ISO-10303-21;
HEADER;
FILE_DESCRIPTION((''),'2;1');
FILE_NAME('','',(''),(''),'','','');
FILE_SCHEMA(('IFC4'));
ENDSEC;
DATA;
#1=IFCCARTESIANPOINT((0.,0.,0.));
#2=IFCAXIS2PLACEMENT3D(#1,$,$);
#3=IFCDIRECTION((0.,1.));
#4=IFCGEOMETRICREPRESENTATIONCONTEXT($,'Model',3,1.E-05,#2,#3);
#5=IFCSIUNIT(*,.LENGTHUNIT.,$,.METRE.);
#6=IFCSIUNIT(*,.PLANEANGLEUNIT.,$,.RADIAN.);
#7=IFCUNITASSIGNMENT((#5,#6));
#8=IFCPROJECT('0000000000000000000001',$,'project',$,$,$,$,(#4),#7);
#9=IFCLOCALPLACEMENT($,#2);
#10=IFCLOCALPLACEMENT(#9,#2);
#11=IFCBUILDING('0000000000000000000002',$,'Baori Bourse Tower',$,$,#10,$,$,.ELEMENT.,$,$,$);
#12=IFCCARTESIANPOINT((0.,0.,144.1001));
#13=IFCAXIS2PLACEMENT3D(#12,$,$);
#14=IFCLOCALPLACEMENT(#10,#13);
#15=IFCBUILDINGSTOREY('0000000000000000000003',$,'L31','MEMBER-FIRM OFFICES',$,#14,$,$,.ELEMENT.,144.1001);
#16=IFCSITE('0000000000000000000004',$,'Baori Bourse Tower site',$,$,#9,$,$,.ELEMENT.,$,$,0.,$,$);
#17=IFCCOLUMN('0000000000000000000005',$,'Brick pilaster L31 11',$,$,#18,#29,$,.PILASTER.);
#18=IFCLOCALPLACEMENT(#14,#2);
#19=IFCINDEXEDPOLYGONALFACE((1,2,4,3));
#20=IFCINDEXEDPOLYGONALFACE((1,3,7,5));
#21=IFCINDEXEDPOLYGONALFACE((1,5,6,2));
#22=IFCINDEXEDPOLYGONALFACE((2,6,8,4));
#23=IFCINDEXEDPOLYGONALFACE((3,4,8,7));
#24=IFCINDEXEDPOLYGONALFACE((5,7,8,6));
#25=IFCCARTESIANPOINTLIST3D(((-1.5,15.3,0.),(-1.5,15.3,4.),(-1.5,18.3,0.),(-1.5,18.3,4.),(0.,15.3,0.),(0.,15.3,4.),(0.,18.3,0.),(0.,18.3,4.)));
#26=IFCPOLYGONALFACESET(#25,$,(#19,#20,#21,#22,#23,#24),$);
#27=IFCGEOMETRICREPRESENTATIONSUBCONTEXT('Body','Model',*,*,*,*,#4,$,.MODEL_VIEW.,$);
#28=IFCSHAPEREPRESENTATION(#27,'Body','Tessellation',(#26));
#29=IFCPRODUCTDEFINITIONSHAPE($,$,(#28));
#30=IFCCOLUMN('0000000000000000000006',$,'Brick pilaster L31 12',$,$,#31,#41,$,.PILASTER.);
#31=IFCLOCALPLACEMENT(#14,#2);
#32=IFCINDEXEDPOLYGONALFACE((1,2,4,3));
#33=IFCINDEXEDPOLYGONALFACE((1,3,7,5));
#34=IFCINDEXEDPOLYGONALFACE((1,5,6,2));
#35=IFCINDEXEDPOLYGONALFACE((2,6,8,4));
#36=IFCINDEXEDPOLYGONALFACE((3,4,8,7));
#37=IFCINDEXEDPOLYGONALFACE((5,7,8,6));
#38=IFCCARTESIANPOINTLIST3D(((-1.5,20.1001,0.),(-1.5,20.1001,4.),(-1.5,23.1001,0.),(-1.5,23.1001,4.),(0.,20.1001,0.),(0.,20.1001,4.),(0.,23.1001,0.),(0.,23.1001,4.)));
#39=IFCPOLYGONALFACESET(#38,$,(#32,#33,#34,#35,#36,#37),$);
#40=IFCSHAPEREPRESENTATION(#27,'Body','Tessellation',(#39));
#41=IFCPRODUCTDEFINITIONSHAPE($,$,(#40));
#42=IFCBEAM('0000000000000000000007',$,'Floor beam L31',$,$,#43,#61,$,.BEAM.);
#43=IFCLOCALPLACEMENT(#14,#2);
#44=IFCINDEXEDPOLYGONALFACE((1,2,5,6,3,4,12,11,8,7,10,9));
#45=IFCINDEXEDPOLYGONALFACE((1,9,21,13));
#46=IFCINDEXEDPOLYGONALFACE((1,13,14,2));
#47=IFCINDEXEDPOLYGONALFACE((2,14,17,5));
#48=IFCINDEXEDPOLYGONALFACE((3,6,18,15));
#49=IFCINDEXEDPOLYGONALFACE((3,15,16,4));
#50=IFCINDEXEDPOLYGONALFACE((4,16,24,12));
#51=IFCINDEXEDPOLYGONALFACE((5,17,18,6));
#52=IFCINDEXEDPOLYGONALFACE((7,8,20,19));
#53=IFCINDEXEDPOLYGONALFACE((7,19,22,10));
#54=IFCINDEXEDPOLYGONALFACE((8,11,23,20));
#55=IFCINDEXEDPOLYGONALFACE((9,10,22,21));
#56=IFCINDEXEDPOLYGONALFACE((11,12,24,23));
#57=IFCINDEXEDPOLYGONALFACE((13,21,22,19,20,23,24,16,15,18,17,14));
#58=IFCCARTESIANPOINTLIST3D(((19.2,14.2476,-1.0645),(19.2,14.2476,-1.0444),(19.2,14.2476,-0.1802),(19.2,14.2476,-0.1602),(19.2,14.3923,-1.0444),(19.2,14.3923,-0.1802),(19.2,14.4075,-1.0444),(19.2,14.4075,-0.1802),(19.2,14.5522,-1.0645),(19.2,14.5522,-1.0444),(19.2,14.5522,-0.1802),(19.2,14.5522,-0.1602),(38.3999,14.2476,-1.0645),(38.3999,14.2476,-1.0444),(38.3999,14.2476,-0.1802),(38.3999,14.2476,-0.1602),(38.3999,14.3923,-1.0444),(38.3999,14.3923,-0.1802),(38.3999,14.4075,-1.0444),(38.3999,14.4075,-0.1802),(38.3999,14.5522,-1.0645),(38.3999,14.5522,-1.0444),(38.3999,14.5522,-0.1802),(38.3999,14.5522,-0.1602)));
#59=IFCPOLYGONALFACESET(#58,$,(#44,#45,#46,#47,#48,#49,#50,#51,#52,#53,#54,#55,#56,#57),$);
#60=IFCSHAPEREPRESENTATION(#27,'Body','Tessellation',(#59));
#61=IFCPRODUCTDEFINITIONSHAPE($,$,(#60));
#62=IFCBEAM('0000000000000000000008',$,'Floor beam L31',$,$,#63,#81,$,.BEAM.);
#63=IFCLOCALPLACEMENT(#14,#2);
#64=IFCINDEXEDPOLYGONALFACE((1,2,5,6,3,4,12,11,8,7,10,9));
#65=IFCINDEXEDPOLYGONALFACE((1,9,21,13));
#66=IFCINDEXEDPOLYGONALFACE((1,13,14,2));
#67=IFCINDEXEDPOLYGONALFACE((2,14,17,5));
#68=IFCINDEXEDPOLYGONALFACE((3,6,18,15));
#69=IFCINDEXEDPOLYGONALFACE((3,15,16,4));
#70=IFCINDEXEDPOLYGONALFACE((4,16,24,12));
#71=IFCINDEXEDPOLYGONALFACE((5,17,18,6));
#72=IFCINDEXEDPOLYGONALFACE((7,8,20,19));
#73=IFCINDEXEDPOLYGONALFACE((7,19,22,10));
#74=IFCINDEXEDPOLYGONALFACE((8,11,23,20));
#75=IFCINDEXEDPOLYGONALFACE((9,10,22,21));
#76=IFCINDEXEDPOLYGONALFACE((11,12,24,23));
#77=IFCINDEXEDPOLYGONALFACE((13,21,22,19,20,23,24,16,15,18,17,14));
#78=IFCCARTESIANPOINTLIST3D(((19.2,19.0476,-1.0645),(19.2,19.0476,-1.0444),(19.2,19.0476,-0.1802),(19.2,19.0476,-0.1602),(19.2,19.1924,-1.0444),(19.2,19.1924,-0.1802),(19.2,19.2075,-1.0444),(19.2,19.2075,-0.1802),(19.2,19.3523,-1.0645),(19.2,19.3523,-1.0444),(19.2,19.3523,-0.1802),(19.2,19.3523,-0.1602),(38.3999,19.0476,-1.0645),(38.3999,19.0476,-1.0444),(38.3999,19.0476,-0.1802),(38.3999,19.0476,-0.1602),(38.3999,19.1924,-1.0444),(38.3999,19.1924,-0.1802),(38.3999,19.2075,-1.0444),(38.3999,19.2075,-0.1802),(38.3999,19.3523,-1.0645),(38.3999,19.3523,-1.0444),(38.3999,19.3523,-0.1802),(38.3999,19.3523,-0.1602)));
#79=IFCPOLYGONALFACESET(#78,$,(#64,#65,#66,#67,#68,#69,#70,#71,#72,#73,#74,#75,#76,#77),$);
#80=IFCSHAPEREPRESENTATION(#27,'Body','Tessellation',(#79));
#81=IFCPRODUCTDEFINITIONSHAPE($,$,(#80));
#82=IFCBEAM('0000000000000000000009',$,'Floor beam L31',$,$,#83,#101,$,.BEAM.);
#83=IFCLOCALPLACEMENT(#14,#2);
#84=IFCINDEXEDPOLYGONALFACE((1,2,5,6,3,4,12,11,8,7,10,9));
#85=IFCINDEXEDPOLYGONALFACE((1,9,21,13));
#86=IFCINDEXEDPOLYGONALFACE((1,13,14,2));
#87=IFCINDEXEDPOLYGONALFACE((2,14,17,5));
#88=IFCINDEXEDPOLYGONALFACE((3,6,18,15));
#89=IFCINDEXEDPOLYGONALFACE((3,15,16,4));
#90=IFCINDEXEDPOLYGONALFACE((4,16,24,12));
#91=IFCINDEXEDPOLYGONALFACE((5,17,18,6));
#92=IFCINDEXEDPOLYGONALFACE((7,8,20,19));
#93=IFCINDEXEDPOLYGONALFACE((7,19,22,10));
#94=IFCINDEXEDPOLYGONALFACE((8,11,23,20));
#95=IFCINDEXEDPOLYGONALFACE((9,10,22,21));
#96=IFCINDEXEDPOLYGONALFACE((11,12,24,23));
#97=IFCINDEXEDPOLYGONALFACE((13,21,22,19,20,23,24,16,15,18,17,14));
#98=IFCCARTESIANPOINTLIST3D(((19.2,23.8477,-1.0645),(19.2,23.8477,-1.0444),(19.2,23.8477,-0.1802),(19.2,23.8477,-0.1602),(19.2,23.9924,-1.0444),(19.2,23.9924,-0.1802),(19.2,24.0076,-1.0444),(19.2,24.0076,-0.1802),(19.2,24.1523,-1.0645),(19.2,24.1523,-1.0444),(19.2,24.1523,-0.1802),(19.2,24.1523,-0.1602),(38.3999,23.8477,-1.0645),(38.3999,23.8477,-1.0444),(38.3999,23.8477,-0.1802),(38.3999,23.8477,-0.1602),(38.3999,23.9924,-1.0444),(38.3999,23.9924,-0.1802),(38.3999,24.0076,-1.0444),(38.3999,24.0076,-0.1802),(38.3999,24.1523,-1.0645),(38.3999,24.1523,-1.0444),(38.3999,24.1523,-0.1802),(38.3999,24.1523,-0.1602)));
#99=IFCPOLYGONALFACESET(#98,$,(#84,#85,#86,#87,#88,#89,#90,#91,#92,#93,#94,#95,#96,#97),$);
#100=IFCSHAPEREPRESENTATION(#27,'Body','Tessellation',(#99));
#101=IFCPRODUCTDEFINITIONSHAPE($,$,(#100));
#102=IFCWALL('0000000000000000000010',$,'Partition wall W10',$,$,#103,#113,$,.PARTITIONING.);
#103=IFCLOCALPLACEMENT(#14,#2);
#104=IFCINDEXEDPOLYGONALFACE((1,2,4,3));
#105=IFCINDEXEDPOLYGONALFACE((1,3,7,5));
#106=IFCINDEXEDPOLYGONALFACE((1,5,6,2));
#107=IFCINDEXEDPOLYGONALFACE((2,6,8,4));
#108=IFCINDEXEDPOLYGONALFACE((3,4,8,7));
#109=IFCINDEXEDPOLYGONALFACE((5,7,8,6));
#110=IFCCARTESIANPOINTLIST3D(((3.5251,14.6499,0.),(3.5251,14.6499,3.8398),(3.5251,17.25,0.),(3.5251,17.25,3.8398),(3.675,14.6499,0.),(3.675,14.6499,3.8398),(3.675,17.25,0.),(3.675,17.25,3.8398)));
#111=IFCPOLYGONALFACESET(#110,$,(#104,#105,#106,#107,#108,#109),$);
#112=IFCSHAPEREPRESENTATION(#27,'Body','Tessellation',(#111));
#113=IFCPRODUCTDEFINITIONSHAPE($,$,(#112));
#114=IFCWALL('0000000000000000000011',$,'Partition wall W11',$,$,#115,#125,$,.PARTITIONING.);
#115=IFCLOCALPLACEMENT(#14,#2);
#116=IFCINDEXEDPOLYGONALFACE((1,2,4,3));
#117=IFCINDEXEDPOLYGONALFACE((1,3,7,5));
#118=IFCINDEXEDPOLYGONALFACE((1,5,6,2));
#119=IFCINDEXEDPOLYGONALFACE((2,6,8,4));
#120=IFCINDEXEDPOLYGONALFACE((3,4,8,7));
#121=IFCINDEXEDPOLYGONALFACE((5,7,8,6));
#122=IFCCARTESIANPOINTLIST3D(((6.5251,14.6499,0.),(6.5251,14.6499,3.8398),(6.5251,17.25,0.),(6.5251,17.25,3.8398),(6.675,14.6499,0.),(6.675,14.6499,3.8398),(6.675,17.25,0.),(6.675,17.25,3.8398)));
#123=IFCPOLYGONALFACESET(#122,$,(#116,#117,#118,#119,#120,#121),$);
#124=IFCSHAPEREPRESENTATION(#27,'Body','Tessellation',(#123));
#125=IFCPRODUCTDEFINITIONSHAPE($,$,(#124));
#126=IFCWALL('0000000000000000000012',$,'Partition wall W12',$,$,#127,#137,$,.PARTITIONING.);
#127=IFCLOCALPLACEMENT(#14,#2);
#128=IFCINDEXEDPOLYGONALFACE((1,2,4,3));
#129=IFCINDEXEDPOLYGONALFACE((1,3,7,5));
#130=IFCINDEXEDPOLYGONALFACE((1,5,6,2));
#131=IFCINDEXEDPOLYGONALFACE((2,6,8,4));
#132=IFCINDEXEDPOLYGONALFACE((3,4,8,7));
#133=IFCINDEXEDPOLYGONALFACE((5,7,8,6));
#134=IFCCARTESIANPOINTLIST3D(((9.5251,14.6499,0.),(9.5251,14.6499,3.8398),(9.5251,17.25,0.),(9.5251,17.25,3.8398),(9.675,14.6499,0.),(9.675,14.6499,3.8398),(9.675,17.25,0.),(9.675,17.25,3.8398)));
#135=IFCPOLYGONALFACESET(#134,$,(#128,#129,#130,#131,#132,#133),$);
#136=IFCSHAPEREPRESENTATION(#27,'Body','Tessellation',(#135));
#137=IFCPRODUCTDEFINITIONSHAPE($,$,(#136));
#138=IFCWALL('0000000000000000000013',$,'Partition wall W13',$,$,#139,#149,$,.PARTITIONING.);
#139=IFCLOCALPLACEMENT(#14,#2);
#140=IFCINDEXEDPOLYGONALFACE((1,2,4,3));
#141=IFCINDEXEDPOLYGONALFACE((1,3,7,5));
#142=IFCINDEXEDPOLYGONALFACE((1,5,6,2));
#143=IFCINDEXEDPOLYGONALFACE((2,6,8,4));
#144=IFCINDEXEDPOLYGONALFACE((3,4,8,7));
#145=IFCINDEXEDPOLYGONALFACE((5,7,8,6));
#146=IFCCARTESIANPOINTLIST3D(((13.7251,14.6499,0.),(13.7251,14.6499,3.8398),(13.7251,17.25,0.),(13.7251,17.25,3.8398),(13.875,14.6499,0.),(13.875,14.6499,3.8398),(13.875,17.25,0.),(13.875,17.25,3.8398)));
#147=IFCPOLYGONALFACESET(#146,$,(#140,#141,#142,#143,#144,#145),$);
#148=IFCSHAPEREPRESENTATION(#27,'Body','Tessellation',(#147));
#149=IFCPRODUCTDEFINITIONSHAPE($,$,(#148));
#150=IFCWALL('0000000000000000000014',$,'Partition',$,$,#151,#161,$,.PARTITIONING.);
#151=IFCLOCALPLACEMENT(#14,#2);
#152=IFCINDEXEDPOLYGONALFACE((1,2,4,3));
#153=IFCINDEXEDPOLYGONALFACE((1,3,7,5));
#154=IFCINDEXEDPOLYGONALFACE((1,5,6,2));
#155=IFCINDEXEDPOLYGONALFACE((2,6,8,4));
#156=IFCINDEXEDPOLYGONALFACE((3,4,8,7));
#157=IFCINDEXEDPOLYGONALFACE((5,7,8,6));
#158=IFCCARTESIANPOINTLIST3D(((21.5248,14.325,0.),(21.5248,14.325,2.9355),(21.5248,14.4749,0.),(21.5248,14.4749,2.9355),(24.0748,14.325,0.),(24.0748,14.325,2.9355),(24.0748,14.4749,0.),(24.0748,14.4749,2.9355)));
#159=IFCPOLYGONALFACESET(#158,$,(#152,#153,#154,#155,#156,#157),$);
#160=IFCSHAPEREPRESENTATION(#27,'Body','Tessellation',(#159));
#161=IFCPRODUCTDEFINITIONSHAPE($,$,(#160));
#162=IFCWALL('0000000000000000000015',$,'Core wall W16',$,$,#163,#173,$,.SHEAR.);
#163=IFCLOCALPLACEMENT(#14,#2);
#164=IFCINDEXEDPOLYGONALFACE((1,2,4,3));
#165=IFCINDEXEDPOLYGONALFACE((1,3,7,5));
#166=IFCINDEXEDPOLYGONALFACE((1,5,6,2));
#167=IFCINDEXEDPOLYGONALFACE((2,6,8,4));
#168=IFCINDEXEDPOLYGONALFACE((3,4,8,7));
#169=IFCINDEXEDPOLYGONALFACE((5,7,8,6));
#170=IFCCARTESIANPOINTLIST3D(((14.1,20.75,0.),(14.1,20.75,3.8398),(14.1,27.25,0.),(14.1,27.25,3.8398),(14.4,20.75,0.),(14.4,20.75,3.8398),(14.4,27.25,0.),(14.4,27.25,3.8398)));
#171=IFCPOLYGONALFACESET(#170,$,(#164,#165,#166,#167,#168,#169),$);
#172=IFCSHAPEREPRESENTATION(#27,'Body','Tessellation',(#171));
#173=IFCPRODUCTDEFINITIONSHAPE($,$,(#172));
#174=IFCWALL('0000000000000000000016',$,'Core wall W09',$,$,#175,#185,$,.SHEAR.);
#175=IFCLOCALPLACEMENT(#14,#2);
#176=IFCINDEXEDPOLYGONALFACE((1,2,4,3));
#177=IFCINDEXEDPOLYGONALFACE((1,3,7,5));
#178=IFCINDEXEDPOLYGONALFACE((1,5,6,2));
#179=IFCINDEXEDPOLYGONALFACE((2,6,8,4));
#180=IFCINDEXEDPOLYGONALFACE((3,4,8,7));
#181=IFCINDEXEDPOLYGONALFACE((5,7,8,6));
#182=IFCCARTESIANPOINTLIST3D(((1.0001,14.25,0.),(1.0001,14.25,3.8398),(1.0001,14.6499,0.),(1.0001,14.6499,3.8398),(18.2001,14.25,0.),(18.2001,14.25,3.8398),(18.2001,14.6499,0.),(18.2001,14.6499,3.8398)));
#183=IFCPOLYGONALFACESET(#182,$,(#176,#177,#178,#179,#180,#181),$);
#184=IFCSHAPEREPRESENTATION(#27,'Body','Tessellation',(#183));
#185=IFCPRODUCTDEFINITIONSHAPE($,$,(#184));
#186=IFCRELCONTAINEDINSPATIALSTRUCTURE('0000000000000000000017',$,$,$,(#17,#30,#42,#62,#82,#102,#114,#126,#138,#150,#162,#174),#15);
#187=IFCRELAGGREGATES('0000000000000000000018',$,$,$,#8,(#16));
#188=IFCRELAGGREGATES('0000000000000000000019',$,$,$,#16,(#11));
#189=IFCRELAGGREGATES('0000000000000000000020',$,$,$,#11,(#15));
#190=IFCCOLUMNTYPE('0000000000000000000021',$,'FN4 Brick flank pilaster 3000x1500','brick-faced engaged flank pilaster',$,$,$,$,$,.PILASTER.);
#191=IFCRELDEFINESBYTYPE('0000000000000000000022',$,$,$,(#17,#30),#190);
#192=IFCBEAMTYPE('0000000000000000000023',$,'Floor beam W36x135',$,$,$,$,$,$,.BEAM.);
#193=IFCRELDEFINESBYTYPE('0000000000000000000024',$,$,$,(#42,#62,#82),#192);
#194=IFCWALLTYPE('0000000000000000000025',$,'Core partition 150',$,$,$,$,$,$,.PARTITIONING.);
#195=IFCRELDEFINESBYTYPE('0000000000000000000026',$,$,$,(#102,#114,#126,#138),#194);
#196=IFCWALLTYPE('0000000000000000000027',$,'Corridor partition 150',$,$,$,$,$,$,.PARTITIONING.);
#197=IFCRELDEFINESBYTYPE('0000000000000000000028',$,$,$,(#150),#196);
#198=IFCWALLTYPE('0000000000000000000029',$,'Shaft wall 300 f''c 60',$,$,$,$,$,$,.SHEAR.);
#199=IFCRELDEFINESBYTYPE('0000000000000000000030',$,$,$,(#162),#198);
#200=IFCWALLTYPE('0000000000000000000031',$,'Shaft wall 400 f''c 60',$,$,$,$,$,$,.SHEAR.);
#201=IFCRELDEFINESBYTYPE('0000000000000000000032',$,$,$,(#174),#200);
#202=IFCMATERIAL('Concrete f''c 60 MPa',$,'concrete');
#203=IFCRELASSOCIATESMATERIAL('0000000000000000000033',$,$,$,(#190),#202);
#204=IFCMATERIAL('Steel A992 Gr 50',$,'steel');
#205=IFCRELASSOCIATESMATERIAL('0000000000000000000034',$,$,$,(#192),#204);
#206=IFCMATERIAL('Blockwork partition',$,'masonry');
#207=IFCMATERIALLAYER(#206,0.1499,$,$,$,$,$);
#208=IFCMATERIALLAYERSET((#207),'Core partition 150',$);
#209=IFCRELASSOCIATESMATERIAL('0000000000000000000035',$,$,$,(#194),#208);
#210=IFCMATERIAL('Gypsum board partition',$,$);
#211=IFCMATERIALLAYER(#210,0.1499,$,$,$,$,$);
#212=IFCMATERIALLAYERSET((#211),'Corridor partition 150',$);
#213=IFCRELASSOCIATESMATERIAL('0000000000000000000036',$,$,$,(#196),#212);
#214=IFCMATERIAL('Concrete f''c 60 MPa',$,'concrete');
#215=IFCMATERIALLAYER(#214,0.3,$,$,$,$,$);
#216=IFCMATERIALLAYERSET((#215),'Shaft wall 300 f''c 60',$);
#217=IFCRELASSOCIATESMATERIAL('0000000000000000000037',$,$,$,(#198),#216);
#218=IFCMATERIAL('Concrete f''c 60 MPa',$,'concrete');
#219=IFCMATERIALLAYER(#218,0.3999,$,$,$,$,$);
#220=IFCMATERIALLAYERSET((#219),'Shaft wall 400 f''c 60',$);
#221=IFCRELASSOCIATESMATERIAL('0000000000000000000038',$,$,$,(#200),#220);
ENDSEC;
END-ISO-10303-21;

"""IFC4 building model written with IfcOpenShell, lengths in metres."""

from ifc_helpers import new_model, si_unit, direction, frame, frame_2d, origin, origin_2d, place, context, subcontext, project, spatial, rectangle, i_section, extrude, material, layer, layer_set, material_profile, profile_set, type_object, element, save


model = new_model("IFC4")

# Units and contexts
model_context = context("Model", 3, precision=1e-05, world=origin(), true_north=direction((0.0, 1.0)))
body_context = subcontext(model_context, "Body", "Model", "MODEL_VIEW")
ifc_project = project(units=[si_unit("LENGTHUNIT", "METRE"), si_unit("PLANEANGLEUNIT", "RADIAN")], contexts=[model_context])

# Site, building, storey
site_placement = place(None, origin())
site = spatial("IfcSite", under=ifc_project, at=site_placement, Name="Baori Bourse Tower site", CompositionType="ELEMENT", RefElevation=0.0)
building_placement = place(site_placement, origin())
building = spatial("IfcBuilding", under=site, at=building_placement, Name="Baori Bourse Tower", CompositionType="ELEMENT")
storey_placement = place(building_placement, frame((0.0, 0.0, 144.1001)))
storey = spatial("IfcBuildingStorey", under=building, at=storey_placement, Name="L31", Description="MEMBER-FIRM OFFICES", CompositionType="ELEMENT", Elevation=144.1001)

# Columns
ifc_material_1 = material(Name="Concrete f'c 60 MPa", Category="concrete")
ifc_material_profile_1 = material_profile(ifc_material_1, rectangle(XDim=3.0, YDim=1.5, at=origin_2d()), Name="RC 3000x1500")
ifc_profile_set_1 = profile_set([ifc_material_profile_1], Name="Concrete f'c 60 MPa")
column_type = type_object("IfcColumnType", Name="FN4 Brick flank pilaster 3000x1500", Description="brick-faced engaged flank pilaster", PredefinedType="PILASTER", material=ifc_profile_set_1)
for number, where, z_axis, x_axis, name in (
    (1, (-0.75, 16.8, 0.0), (0.0, 0.0, 1.0), (0.0, 1.0, 0.0), "Brick pilaster L31 11"),
    (2, (-0.75, 21.6001, 0.0), (0.0, 0.0, 1.0), (0.0, 1.0, 0.0), "Brick pilaster L31 12"),
):
    element("IfcColumn", number, at=place(storey_placement, frame(where, z_axis=z_axis, x_axis=x_axis)), inside=storey, type_object=column_type, Name=name, PredefinedType="PILASTER", context=body_context, shape_type="SweptSolid", body=[
        extrude(rectangle(XDim=3.0, YDim=1.5, at=origin_2d()), origin(), (0.0, 0.0, 1.0), 4.0),
    ])

# Beams
ifc_material_2 = material(Name="Steel A992 Gr 50", Category="steel")
ifc_material_profile_2 = material_profile(ifc_material_2, i_section(OverallWidth=0.3047, OverallDepth=0.9043, WebThickness=0.0151, FlangeThickness=0.02, at=origin_2d()), Name="W36x135")
ifc_profile_set_2 = profile_set([ifc_material_profile_2], Name="Steel A992 Gr 50")
beam_type = type_object("IfcBeamType", Name="Floor beam W36x135", PredefinedType="BEAM", material=ifc_profile_set_2)
for number, where, z_axis, x_axis, name in (
    (3, (19.2, 14.3999, -0.6123), (1.0, 0.0, 0.0), (0.0, 1.0, 0.0), "Floor beam L31"),
    (4, (19.2, 19.2, -0.6123), (1.0, 0.0, 0.0), (0.0, 1.0, 0.0), "Floor beam L31"),
    (5, (19.2, 24.0, -0.6123), (1.0, 0.0, 0.0), (0.0, 1.0, 0.0), "Floor beam L31"),
):
    element("IfcBeam", number, at=place(storey_placement, frame(where, z_axis=z_axis, x_axis=x_axis)), inside=storey, type_object=beam_type, Name=name, PredefinedType="BEAM", context=body_context, shape_type="SweptSolid", body=[
        extrude(i_section(OverallWidth=0.3047, OverallDepth=0.9043, WebThickness=0.0151, FlangeThickness=0.02, at=origin_2d()), origin(), (0.0, 0.0, 1.0), 19.2),
    ])

# Walls
ifc_material_3 = material(Name="Blockwork partition", Category="masonry")
ifc_layer_1 = layer(ifc_material_3, 0.1499)
ifc_layer_set_1 = layer_set([ifc_layer_1], Name="Core partition 150")
wall_type_1 = type_object("IfcWallType", Name="Core partition 150", PredefinedType="PARTITIONING", material=ifc_layer_set_1)
for number, where, z_axis, x_axis, name in (
    (6, (3.6001, 14.6499, 0.0), (0.0, 0.0, 1.0), (0.0, 1.0, 0.0), "Partition wall W10"),
    (7, (6.6001, 14.6499, 0.0), (0.0, 0.0, 1.0), (0.0, 1.0, 0.0), "Partition wall W11"),
    (8, (9.6001, 14.6499, 0.0), (0.0, 0.0, 1.0), (0.0, 1.0, 0.0), "Partition wall W12"),
    (9, (13.8, 14.6499, 0.0), (0.0, 0.0, 1.0), (0.0, 1.0, 0.0), "Partition wall W13"),
):
    element("IfcWall", number, at=place(storey_placement, frame(where, z_axis=z_axis, x_axis=x_axis)), inside=storey, type_object=wall_type_1, Name=name, PredefinedType="PARTITIONING", context=body_context, shape_type="SweptSolid", body=[
        extrude(rectangle(XDim=2.6001, YDim=0.1499, at=frame_2d((1.3, 0.0))), origin(), (0.0, 0.0, 1.0), 3.8398),
    ])
ifc_material_4 = material(Name="Gypsum board partition")
ifc_layer_2 = layer(ifc_material_4, 0.1499)
ifc_layer_set_2 = layer_set([ifc_layer_2], Name="Corridor partition 150")
wall_type_2 = type_object("IfcWallType", Name="Corridor partition 150", PredefinedType="PARTITIONING", material=ifc_layer_set_2)
wall_1_placement = place(storey_placement, frame((21.5249, 14.3999, 0.0), z_axis=(0.0, 0.0, 1.0), x_axis=(1.0, 0.0, 0.0)))
element("IfcWall", 10, at=wall_1_placement, inside=storey, type_object=wall_type_2, Name="Partition", PredefinedType="PARTITIONING", context=body_context, shape_type="SweptSolid", body=[
    extrude(rectangle(XDim=2.55, YDim=0.1499, at=frame_2d((1.2749, 0.0))), origin(), (0.0, 0.0, 1.0), 2.9355),
])
ifc_material_5 = material(Name="Concrete f'c 60 MPa", Category="concrete")
ifc_layer_3 = layer(ifc_material_5, 0.3)
ifc_layer_set_3 = layer_set([ifc_layer_3], Name="Shaft wall 300 f'c 60")
wall_type_3 = type_object("IfcWallType", Name="Shaft wall 300 f'c 60", PredefinedType="SHEAR", material=ifc_layer_set_3)
wall_2_placement = place(storey_placement, frame((14.25, 20.75, 0.0), z_axis=(0.0, 0.0, 1.0), x_axis=(0.0, 1.0, 0.0)))
element("IfcWall", 11, at=wall_2_placement, inside=storey, type_object=wall_type_3, Name="Core wall W16", PredefinedType="SHEAR", context=body_context, shape_type="SweptSolid", body=[
    extrude(rectangle(XDim=6.5, YDim=0.3, at=frame_2d((3.25, 0.0))), origin(), (0.0, 0.0, 1.0), 3.8398),
])
ifc_material_6 = material(Name="Concrete f'c 60 MPa", Category="concrete")
ifc_layer_4 = layer(ifc_material_6, 0.3999)
ifc_layer_set_4 = layer_set([ifc_layer_4], Name="Shaft wall 400 f'c 60")
wall_type_4 = type_object("IfcWallType", Name="Shaft wall 400 f'c 60", PredefinedType="SHEAR", material=ifc_layer_set_4)
wall_3_placement = place(storey_placement, frame((1.0, 14.45, 0.0), z_axis=(0.0, 0.0, 1.0), x_axis=(1.0, 0.0, 0.0)))
element("IfcWall", 12, at=wall_3_placement, inside=storey, type_object=wall_type_4, Name="Core wall W09", PredefinedType="SHEAR", context=body_context, shape_type="SweptSolid", body=[
    extrude(rectangle(XDim=17.2, YDim=0.3999, at=frame_2d((8.6001, 0.0))), origin(), (0.0, 0.0, 1.0), 3.8398),
])

save(model, "model.ifc")
